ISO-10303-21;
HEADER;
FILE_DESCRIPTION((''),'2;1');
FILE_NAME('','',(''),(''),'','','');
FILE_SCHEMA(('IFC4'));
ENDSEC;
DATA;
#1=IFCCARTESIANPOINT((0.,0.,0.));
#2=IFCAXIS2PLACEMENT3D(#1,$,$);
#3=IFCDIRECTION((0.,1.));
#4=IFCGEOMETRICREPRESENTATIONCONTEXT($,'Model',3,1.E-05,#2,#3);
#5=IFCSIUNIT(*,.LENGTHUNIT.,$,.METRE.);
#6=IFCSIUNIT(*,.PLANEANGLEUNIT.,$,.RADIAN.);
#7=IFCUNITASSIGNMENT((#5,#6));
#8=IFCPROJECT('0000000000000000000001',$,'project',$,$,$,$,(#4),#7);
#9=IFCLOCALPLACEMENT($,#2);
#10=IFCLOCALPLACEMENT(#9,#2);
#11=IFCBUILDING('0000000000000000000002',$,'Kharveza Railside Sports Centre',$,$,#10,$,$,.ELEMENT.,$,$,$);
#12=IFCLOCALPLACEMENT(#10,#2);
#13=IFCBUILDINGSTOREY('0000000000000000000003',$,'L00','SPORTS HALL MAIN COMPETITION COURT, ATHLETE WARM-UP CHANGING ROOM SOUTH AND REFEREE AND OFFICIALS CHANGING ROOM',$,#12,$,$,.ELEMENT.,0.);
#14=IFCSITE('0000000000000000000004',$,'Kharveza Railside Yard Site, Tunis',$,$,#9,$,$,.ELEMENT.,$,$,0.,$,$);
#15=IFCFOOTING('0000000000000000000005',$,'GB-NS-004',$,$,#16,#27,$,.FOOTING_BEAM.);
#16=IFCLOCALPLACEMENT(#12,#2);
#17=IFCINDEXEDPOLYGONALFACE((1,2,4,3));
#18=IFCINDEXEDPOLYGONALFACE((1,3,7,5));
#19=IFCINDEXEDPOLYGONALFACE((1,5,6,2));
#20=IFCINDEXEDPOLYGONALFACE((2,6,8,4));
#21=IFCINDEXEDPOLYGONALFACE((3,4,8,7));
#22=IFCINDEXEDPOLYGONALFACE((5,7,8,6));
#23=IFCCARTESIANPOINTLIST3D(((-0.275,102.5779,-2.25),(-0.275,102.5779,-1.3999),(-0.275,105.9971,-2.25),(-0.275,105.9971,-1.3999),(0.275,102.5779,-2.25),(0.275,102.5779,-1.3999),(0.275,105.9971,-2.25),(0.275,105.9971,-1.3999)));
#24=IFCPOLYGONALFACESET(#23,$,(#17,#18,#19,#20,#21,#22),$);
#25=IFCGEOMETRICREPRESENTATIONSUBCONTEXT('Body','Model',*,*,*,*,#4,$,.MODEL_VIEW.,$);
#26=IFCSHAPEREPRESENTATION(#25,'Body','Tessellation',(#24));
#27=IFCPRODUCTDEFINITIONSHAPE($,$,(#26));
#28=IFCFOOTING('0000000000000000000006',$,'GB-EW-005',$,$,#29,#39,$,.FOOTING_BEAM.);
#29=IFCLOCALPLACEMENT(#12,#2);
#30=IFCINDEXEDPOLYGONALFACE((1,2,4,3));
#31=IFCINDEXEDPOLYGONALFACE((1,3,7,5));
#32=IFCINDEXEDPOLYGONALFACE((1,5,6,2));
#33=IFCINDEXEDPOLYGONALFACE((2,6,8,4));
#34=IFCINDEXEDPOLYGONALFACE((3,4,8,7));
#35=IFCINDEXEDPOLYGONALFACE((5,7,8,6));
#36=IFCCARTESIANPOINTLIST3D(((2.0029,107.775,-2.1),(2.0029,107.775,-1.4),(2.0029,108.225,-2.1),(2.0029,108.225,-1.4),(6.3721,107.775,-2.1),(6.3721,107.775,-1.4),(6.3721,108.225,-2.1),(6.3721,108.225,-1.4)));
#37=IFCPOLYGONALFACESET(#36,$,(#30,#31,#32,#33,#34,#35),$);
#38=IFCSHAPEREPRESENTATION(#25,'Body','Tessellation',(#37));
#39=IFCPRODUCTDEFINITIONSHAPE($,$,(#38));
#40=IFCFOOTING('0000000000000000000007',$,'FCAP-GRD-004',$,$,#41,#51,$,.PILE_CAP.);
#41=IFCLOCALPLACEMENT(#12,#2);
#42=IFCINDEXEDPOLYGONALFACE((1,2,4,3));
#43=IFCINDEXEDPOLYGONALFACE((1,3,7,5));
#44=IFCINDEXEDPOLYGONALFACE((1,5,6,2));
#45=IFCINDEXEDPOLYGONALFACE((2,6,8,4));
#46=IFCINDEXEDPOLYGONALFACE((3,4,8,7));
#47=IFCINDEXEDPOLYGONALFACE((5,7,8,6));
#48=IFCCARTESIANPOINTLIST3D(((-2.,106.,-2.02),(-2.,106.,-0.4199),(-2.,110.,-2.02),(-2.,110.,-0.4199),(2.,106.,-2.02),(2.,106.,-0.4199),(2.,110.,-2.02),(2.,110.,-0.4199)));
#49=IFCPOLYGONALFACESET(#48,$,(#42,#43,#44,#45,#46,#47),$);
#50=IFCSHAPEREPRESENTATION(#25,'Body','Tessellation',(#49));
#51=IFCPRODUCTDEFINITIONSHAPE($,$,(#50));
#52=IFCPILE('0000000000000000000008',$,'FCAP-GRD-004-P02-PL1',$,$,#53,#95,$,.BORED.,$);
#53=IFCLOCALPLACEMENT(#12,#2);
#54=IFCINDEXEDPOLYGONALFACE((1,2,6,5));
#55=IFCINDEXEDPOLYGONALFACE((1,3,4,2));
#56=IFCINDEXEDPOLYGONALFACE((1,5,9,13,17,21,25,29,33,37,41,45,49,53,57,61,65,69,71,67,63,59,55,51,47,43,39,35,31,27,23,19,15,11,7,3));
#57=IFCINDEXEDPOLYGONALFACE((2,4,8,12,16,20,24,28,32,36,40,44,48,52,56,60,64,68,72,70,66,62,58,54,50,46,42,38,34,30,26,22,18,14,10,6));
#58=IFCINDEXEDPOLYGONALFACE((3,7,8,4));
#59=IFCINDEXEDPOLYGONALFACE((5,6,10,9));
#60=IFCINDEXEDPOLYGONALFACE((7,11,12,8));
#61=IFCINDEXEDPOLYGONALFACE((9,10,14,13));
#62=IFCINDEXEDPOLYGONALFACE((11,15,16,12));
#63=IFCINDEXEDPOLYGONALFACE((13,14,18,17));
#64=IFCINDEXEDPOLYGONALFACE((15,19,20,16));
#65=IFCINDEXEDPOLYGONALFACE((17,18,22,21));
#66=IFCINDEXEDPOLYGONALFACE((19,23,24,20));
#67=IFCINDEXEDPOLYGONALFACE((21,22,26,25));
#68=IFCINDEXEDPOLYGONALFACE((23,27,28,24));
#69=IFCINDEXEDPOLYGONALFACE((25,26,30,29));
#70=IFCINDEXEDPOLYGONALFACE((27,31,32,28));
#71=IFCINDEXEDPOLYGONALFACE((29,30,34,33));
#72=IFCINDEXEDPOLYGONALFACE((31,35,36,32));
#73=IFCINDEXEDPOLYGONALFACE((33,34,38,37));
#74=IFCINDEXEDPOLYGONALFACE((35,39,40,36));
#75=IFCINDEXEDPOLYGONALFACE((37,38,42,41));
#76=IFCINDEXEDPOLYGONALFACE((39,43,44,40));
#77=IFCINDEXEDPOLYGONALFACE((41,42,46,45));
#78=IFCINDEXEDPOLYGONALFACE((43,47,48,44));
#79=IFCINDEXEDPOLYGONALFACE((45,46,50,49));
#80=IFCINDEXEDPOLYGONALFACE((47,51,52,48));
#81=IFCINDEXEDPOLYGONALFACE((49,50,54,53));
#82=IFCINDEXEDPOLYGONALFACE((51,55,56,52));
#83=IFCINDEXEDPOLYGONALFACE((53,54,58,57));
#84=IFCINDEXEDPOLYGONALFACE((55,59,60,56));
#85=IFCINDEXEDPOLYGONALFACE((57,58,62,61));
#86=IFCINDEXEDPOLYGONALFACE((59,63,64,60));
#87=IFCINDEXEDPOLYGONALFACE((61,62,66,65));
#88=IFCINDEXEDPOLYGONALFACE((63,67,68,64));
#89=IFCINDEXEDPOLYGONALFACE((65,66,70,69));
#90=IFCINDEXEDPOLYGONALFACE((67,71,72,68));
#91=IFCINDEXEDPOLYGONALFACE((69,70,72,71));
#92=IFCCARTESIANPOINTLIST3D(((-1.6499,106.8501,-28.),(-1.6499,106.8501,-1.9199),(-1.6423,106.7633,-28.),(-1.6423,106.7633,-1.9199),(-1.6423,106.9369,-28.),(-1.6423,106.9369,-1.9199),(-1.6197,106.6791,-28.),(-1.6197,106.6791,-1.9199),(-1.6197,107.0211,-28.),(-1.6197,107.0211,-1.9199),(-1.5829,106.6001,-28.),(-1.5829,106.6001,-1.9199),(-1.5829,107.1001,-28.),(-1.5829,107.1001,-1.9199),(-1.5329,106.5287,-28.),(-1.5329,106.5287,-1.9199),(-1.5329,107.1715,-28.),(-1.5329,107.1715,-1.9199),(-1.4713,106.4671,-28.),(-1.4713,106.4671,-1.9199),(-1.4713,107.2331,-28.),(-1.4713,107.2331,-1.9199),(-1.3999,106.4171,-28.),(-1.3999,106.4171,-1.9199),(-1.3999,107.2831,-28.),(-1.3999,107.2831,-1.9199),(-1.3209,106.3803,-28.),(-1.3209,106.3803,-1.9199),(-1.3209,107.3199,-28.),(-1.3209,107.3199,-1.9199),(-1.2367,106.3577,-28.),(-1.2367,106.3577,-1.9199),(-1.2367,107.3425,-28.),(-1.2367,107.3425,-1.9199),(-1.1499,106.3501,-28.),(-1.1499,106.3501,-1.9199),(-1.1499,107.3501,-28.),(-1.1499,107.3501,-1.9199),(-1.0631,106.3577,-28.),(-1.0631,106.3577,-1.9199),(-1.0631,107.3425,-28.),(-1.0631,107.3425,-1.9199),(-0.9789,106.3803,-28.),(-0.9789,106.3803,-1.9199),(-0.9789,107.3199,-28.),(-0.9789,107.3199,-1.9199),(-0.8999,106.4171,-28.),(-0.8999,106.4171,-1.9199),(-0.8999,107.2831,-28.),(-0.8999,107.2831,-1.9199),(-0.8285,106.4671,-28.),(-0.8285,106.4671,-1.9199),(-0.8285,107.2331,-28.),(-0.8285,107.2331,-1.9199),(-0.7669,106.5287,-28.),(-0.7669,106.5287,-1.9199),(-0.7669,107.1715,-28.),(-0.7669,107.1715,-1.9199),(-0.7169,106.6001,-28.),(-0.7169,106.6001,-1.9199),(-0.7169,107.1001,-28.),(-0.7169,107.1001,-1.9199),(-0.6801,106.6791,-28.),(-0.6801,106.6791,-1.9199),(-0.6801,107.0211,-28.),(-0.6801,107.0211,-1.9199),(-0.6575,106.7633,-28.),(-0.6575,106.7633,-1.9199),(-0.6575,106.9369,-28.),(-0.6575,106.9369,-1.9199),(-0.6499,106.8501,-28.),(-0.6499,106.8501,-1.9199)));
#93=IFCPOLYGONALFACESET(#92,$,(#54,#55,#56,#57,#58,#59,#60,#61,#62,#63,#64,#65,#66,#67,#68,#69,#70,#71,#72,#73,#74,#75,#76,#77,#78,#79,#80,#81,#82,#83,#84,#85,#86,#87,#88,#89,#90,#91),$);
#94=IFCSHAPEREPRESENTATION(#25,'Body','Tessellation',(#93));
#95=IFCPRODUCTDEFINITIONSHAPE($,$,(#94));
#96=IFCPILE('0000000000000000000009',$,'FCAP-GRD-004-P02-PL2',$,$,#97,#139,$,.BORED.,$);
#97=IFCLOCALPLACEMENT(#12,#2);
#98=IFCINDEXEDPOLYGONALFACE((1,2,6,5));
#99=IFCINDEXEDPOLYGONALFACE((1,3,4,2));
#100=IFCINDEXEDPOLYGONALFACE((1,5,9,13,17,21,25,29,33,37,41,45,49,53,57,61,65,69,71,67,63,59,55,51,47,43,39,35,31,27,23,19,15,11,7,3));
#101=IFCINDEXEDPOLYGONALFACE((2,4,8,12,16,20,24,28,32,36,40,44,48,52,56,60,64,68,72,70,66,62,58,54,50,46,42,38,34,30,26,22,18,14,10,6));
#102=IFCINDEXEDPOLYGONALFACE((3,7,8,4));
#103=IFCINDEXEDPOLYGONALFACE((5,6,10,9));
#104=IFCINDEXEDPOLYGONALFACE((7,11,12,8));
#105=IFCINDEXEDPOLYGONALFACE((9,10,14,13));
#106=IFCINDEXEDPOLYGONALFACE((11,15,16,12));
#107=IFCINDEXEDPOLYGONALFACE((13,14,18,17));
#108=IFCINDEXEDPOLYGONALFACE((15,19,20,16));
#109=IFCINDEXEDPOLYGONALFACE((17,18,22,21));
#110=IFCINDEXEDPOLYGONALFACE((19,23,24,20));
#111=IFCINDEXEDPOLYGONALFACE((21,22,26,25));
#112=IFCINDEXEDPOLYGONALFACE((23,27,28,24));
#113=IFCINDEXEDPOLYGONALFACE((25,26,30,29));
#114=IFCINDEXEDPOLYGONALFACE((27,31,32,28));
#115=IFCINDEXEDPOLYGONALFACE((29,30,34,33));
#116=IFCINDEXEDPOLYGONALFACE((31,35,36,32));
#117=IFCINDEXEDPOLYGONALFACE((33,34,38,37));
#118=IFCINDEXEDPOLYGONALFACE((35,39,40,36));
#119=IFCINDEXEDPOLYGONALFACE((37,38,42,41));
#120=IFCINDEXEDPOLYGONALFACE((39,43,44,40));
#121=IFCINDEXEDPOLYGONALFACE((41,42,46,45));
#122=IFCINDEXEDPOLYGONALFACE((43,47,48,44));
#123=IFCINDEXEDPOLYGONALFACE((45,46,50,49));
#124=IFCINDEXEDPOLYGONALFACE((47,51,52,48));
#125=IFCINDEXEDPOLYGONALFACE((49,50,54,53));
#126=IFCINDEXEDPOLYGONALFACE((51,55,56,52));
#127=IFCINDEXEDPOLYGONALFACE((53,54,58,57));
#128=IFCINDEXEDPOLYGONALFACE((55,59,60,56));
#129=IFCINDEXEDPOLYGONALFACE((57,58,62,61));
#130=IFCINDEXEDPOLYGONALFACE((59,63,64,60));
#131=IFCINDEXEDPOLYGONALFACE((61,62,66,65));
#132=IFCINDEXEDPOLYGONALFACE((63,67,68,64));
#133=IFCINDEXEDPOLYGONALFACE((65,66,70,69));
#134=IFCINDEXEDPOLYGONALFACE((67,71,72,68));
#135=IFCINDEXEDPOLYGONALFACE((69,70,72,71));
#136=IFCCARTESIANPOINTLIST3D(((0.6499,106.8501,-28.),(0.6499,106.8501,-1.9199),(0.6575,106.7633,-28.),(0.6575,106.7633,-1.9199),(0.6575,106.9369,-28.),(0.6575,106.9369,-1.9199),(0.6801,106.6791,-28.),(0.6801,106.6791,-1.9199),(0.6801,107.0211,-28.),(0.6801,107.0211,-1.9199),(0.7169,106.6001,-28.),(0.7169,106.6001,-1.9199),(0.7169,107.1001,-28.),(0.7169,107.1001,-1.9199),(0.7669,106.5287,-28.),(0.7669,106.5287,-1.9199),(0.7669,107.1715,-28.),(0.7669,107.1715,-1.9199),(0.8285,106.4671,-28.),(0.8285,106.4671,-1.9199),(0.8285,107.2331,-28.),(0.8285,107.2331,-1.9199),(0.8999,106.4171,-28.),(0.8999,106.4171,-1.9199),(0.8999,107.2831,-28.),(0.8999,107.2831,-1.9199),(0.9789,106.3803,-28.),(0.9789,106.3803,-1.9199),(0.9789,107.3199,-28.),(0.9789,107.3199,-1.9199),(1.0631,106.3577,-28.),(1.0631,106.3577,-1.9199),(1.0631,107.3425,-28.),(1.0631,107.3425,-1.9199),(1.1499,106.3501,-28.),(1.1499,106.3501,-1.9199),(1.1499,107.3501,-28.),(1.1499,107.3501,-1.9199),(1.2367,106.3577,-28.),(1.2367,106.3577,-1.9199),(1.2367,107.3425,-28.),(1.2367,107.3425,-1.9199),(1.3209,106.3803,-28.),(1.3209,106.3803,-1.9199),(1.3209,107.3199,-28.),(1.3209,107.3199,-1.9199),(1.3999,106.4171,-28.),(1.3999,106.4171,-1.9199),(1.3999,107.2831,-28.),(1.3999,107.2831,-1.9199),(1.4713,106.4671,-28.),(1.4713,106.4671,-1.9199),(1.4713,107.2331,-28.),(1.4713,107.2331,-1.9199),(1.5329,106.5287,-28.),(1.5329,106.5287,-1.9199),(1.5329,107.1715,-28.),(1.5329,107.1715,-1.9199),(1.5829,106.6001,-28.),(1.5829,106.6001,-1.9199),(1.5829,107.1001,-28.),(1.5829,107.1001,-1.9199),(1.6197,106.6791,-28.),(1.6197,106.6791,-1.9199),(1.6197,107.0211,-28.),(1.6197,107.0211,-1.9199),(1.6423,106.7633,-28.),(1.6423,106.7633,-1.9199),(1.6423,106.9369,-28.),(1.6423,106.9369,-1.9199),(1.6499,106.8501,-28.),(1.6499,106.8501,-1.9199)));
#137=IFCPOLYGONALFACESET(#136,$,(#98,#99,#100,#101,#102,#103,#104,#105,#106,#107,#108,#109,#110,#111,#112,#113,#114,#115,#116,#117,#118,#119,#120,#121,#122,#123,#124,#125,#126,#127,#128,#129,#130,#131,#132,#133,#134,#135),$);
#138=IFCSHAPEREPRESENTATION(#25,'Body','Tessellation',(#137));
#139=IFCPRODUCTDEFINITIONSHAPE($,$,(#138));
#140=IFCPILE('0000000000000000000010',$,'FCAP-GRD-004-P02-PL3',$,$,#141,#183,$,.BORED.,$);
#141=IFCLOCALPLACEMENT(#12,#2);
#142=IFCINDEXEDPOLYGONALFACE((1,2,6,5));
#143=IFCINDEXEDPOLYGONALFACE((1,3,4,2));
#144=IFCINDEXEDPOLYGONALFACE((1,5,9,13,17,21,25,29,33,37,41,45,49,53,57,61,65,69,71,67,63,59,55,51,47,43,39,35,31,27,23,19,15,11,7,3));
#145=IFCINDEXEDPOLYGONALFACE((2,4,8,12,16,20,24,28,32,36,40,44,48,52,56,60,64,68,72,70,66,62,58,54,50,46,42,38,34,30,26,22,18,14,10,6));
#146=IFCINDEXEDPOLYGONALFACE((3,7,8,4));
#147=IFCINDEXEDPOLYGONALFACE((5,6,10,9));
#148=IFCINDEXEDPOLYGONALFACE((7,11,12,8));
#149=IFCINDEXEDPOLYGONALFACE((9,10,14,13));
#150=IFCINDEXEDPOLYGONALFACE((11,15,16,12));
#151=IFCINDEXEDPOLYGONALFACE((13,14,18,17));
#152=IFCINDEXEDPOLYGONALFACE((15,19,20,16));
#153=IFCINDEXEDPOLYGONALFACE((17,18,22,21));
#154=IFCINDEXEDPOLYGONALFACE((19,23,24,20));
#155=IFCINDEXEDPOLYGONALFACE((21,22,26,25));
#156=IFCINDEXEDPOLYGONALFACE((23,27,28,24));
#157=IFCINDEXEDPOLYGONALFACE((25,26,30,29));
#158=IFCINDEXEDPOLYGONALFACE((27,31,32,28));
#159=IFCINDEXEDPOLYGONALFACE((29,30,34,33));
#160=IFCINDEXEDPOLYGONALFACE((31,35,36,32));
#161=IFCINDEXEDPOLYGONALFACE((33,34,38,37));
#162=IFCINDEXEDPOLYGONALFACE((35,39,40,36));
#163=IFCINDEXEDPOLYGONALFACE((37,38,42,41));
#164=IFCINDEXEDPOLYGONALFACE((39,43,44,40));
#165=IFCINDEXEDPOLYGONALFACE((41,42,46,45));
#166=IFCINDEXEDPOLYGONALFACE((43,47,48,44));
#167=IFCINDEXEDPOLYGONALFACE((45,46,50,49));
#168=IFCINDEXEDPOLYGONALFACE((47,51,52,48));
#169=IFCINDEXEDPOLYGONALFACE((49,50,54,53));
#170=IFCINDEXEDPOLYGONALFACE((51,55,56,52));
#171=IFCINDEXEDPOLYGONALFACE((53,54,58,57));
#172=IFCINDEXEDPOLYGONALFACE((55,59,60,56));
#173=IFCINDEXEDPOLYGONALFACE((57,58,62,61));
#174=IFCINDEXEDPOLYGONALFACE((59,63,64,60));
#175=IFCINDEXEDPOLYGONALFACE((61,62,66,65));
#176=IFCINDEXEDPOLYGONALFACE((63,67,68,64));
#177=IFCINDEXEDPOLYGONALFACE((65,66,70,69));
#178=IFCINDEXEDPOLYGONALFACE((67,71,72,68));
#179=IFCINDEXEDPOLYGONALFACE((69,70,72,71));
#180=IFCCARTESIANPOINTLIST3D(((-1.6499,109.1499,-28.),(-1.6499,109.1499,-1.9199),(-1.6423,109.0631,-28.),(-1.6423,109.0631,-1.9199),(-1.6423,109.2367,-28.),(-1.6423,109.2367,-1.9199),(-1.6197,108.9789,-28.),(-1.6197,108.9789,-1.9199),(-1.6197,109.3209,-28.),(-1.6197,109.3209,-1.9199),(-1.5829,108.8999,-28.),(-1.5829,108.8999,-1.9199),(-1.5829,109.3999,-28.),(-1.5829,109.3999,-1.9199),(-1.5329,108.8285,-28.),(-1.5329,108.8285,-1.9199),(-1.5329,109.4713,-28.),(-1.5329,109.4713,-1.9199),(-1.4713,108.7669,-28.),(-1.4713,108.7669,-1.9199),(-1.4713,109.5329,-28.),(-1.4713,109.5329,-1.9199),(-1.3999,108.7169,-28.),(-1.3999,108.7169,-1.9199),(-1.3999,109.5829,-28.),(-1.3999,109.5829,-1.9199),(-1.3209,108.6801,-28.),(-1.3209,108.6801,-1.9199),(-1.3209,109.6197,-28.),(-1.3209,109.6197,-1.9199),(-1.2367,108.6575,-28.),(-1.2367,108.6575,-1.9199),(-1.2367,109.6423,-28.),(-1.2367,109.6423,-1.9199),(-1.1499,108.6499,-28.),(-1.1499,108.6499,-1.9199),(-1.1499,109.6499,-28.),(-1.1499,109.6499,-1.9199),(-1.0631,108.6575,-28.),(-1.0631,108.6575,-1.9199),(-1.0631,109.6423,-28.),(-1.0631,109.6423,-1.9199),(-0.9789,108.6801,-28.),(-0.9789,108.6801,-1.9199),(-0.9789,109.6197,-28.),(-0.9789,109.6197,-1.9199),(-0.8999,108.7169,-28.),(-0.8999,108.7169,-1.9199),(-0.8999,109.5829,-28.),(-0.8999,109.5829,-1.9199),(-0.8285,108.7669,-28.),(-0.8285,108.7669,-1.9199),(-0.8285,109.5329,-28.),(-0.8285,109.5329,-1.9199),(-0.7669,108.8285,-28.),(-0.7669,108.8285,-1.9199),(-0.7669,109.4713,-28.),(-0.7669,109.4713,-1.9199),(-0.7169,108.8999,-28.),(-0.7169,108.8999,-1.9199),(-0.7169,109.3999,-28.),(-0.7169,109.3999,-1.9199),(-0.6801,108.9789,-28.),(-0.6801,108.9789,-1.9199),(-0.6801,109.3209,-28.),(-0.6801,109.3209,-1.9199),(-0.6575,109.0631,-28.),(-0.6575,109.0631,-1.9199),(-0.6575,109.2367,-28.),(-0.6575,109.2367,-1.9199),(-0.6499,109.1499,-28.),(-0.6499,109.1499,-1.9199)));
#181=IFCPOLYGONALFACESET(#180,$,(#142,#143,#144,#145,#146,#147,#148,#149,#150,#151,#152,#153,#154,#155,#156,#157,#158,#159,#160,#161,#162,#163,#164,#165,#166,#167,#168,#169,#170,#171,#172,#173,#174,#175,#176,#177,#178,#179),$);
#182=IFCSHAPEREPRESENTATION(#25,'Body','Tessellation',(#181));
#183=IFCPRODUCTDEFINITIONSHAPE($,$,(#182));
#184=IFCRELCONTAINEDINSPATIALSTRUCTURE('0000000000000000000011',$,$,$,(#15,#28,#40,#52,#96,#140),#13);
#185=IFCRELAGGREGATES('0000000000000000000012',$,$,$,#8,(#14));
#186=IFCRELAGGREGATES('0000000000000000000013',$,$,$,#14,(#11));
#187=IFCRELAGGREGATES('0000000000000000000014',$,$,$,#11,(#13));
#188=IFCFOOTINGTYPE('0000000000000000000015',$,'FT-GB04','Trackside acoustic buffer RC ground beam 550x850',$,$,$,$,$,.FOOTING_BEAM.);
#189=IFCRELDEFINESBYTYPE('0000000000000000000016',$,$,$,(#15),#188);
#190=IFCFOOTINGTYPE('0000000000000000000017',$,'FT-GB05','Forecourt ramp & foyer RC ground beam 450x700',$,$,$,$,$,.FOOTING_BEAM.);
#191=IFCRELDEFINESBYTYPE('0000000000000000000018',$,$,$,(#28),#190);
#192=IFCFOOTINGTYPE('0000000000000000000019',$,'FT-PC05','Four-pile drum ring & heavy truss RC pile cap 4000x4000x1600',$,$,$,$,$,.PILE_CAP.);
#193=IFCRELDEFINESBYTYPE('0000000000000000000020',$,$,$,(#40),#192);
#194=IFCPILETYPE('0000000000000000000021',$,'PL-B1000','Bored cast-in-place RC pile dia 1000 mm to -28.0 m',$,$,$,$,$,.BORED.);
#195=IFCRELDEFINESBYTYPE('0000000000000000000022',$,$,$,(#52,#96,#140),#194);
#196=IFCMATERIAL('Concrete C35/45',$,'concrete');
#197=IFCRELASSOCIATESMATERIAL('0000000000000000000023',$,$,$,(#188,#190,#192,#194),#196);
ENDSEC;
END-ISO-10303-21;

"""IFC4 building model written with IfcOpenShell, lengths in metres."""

from ifc_helpers import new_model, si_unit, direction, frame, origin, origin_2d, place, context, subcontext, project, spatial, rectangle, circle, extrude, material, material_profile, profile_set, type_object, element, save


model = new_model("IFC4")

# Units and contexts
model_context = context("Model", 3, precision=1e-05, world=origin(), true_north=direction((0.0, 1.0)))
body_context = subcontext(model_context, "Body", "Model", "MODEL_VIEW")
ifc_project = project(units=[si_unit("LENGTHUNIT", "METRE"), si_unit("PLANEANGLEUNIT", "RADIAN")], contexts=[model_context])

# Site, building, storey
site_placement = place(None, origin())
site = spatial("IfcSite", under=ifc_project, at=site_placement, Name="Kharveza Railside Yard Site, Tunis", CompositionType="ELEMENT", RefElevation=0.0)
building_placement = place(site_placement, origin())
building = spatial("IfcBuilding", under=site, at=building_placement, Name="Kharveza Railside Sports Centre", CompositionType="ELEMENT")
storey_placement = place(building_placement, origin())
storey = spatial("IfcBuildingStorey", under=building, at=storey_placement, Name="L00", Description="SPORTS HALL MAIN COMPETITION COURT, ATHLETE WARM-UP CHANGING ROOM SOUTH AND REFEREE AND OFFICIALS CHANGING ROOM", CompositionType="ELEMENT", Elevation=0.0)

# Footings
ifc_material_1 = material(Name="Concrete C35/45", Category="concrete")
ifc_material_profile_1 = material_profile(ifc_material_1, rectangle(XDim=0.55, YDim=0.8501, at=origin_2d()), Name="GB 550x850")
ifc_profile_set_1 = profile_set([ifc_material_profile_1], Name="Concrete C35/45")
footing_type_1 = type_object("IfcFootingType", Name="FT-GB04", Description="Trackside acoustic buffer RC ground beam 550x850", PredefinedType="FOOTING_BEAM", material=ifc_profile_set_1)
footing_1_placement = place(storey_placement, frame((0.0, 102.5779, -1.825), z_axis=(0.0, 1.0, 0.0), x_axis=(-1.0, 0.0, 0.0)))
element("IfcFooting", 1, at=footing_1_placement, inside=storey, type_object=footing_type_1, Name="GB-NS-004", PredefinedType="FOOTING_BEAM", context=body_context, shape_type="SweptSolid", body=[
    extrude(rectangle(XDim=0.55, YDim=0.8501, at=origin_2d()), origin(), (0.0, 0.0, 1.0), 3.4192),
])
ifc_material_profile_2 = material_profile(ifc_material_1, rectangle(XDim=0.45, YDim=0.7, at=origin_2d()), Name="GB 450x700")
ifc_profile_set_2 = profile_set([ifc_material_profile_2], Name="Concrete C35/45")
footing_type_2 = type_object("IfcFootingType", Name="FT-GB05", Description="Forecourt ramp & foyer RC ground beam 450x700", PredefinedType="FOOTING_BEAM", material=ifc_profile_set_2)
footing_2_placement = place(storey_placement, frame((2.0029, 108.0, -1.75), z_axis=(1.0, 0.0, 0.0), x_axis=(0.0, 1.0, 0.0)))
element("IfcFooting", 2, at=footing_2_placement, inside=storey, type_object=footing_type_2, Name="GB-EW-005", PredefinedType="FOOTING_BEAM", context=body_context, shape_type="SweptSolid", body=[
    extrude(rectangle(XDim=0.45, YDim=0.7, at=origin_2d()), origin(), (0.0, 0.0, 1.0), 4.3691),
])
footing_type_3 = type_object("IfcFootingType", Name="FT-PC05", Description="Four-pile drum ring & heavy truss RC pile cap 4000x4000x1600", PredefinedType="PILE_CAP", material=ifc_material_1)
footing_3_placement = place(storey_placement, frame((0.0, 108.0, -2.02), z_axis=(0.0, 0.0, 1.0), x_axis=(1.0, 0.0, 0.0)))
element("IfcFooting", 3, at=footing_3_placement, inside=storey, type_object=footing_type_3, Name="FCAP-GRD-004", PredefinedType="PILE_CAP", context=body_context, shape_type="SweptSolid", body=[
    extrude(rectangle(XDim=4.0, YDim=4.0, at=origin_2d()), origin(), (0.0, 0.0, 1.0), 1.6001),
])

# Piles
ifc_material_profile_3 = material_profile(ifc_material_1, circle(Radius=0.5, at=origin_2d()), Name="PILE D1000")
ifc_profile_set_3 = profile_set([ifc_material_profile_3], Name="Concrete C35/45")
pile_type_1 = type_object("IfcPileType", Name="PL-B1000", Description="Bored cast-in-place RC pile dia 1000 mm to -28.0 m", PredefinedType="BORED", material=ifc_profile_set_3)
for number, where, z_axis, x_axis, name in (
    (4, (-1.1499, 106.8501, -1.9199), (0.0, 0.0, -1.0), (1.0, 0.0, 0.0), "FCAP-GRD-004-P02-PL1"),
    (5, (1.1499, 106.8501, -1.9199), (0.0, 0.0, -1.0), (1.0, 0.0, 0.0), "FCAP-GRD-004-P02-PL2"),
    (6, (-1.1499, 109.1499, -1.9199), (0.0, 0.0, -1.0), (1.0, 0.0, 0.0), "FCAP-GRD-004-P02-PL3"),
):
    element("IfcPile", number, at=place(storey_placement, frame(where, z_axis=z_axis, x_axis=x_axis)), inside=storey, type_object=pile_type_1, Name=name, PredefinedType="BORED", context=body_context, shape_type="SweptSolid", body=[
        extrude(circle(Radius=0.5, at=origin_2d()), origin(), (0.0, 0.0, 1.0), 26.0801),
    ])

save(model, "model.ifc")
